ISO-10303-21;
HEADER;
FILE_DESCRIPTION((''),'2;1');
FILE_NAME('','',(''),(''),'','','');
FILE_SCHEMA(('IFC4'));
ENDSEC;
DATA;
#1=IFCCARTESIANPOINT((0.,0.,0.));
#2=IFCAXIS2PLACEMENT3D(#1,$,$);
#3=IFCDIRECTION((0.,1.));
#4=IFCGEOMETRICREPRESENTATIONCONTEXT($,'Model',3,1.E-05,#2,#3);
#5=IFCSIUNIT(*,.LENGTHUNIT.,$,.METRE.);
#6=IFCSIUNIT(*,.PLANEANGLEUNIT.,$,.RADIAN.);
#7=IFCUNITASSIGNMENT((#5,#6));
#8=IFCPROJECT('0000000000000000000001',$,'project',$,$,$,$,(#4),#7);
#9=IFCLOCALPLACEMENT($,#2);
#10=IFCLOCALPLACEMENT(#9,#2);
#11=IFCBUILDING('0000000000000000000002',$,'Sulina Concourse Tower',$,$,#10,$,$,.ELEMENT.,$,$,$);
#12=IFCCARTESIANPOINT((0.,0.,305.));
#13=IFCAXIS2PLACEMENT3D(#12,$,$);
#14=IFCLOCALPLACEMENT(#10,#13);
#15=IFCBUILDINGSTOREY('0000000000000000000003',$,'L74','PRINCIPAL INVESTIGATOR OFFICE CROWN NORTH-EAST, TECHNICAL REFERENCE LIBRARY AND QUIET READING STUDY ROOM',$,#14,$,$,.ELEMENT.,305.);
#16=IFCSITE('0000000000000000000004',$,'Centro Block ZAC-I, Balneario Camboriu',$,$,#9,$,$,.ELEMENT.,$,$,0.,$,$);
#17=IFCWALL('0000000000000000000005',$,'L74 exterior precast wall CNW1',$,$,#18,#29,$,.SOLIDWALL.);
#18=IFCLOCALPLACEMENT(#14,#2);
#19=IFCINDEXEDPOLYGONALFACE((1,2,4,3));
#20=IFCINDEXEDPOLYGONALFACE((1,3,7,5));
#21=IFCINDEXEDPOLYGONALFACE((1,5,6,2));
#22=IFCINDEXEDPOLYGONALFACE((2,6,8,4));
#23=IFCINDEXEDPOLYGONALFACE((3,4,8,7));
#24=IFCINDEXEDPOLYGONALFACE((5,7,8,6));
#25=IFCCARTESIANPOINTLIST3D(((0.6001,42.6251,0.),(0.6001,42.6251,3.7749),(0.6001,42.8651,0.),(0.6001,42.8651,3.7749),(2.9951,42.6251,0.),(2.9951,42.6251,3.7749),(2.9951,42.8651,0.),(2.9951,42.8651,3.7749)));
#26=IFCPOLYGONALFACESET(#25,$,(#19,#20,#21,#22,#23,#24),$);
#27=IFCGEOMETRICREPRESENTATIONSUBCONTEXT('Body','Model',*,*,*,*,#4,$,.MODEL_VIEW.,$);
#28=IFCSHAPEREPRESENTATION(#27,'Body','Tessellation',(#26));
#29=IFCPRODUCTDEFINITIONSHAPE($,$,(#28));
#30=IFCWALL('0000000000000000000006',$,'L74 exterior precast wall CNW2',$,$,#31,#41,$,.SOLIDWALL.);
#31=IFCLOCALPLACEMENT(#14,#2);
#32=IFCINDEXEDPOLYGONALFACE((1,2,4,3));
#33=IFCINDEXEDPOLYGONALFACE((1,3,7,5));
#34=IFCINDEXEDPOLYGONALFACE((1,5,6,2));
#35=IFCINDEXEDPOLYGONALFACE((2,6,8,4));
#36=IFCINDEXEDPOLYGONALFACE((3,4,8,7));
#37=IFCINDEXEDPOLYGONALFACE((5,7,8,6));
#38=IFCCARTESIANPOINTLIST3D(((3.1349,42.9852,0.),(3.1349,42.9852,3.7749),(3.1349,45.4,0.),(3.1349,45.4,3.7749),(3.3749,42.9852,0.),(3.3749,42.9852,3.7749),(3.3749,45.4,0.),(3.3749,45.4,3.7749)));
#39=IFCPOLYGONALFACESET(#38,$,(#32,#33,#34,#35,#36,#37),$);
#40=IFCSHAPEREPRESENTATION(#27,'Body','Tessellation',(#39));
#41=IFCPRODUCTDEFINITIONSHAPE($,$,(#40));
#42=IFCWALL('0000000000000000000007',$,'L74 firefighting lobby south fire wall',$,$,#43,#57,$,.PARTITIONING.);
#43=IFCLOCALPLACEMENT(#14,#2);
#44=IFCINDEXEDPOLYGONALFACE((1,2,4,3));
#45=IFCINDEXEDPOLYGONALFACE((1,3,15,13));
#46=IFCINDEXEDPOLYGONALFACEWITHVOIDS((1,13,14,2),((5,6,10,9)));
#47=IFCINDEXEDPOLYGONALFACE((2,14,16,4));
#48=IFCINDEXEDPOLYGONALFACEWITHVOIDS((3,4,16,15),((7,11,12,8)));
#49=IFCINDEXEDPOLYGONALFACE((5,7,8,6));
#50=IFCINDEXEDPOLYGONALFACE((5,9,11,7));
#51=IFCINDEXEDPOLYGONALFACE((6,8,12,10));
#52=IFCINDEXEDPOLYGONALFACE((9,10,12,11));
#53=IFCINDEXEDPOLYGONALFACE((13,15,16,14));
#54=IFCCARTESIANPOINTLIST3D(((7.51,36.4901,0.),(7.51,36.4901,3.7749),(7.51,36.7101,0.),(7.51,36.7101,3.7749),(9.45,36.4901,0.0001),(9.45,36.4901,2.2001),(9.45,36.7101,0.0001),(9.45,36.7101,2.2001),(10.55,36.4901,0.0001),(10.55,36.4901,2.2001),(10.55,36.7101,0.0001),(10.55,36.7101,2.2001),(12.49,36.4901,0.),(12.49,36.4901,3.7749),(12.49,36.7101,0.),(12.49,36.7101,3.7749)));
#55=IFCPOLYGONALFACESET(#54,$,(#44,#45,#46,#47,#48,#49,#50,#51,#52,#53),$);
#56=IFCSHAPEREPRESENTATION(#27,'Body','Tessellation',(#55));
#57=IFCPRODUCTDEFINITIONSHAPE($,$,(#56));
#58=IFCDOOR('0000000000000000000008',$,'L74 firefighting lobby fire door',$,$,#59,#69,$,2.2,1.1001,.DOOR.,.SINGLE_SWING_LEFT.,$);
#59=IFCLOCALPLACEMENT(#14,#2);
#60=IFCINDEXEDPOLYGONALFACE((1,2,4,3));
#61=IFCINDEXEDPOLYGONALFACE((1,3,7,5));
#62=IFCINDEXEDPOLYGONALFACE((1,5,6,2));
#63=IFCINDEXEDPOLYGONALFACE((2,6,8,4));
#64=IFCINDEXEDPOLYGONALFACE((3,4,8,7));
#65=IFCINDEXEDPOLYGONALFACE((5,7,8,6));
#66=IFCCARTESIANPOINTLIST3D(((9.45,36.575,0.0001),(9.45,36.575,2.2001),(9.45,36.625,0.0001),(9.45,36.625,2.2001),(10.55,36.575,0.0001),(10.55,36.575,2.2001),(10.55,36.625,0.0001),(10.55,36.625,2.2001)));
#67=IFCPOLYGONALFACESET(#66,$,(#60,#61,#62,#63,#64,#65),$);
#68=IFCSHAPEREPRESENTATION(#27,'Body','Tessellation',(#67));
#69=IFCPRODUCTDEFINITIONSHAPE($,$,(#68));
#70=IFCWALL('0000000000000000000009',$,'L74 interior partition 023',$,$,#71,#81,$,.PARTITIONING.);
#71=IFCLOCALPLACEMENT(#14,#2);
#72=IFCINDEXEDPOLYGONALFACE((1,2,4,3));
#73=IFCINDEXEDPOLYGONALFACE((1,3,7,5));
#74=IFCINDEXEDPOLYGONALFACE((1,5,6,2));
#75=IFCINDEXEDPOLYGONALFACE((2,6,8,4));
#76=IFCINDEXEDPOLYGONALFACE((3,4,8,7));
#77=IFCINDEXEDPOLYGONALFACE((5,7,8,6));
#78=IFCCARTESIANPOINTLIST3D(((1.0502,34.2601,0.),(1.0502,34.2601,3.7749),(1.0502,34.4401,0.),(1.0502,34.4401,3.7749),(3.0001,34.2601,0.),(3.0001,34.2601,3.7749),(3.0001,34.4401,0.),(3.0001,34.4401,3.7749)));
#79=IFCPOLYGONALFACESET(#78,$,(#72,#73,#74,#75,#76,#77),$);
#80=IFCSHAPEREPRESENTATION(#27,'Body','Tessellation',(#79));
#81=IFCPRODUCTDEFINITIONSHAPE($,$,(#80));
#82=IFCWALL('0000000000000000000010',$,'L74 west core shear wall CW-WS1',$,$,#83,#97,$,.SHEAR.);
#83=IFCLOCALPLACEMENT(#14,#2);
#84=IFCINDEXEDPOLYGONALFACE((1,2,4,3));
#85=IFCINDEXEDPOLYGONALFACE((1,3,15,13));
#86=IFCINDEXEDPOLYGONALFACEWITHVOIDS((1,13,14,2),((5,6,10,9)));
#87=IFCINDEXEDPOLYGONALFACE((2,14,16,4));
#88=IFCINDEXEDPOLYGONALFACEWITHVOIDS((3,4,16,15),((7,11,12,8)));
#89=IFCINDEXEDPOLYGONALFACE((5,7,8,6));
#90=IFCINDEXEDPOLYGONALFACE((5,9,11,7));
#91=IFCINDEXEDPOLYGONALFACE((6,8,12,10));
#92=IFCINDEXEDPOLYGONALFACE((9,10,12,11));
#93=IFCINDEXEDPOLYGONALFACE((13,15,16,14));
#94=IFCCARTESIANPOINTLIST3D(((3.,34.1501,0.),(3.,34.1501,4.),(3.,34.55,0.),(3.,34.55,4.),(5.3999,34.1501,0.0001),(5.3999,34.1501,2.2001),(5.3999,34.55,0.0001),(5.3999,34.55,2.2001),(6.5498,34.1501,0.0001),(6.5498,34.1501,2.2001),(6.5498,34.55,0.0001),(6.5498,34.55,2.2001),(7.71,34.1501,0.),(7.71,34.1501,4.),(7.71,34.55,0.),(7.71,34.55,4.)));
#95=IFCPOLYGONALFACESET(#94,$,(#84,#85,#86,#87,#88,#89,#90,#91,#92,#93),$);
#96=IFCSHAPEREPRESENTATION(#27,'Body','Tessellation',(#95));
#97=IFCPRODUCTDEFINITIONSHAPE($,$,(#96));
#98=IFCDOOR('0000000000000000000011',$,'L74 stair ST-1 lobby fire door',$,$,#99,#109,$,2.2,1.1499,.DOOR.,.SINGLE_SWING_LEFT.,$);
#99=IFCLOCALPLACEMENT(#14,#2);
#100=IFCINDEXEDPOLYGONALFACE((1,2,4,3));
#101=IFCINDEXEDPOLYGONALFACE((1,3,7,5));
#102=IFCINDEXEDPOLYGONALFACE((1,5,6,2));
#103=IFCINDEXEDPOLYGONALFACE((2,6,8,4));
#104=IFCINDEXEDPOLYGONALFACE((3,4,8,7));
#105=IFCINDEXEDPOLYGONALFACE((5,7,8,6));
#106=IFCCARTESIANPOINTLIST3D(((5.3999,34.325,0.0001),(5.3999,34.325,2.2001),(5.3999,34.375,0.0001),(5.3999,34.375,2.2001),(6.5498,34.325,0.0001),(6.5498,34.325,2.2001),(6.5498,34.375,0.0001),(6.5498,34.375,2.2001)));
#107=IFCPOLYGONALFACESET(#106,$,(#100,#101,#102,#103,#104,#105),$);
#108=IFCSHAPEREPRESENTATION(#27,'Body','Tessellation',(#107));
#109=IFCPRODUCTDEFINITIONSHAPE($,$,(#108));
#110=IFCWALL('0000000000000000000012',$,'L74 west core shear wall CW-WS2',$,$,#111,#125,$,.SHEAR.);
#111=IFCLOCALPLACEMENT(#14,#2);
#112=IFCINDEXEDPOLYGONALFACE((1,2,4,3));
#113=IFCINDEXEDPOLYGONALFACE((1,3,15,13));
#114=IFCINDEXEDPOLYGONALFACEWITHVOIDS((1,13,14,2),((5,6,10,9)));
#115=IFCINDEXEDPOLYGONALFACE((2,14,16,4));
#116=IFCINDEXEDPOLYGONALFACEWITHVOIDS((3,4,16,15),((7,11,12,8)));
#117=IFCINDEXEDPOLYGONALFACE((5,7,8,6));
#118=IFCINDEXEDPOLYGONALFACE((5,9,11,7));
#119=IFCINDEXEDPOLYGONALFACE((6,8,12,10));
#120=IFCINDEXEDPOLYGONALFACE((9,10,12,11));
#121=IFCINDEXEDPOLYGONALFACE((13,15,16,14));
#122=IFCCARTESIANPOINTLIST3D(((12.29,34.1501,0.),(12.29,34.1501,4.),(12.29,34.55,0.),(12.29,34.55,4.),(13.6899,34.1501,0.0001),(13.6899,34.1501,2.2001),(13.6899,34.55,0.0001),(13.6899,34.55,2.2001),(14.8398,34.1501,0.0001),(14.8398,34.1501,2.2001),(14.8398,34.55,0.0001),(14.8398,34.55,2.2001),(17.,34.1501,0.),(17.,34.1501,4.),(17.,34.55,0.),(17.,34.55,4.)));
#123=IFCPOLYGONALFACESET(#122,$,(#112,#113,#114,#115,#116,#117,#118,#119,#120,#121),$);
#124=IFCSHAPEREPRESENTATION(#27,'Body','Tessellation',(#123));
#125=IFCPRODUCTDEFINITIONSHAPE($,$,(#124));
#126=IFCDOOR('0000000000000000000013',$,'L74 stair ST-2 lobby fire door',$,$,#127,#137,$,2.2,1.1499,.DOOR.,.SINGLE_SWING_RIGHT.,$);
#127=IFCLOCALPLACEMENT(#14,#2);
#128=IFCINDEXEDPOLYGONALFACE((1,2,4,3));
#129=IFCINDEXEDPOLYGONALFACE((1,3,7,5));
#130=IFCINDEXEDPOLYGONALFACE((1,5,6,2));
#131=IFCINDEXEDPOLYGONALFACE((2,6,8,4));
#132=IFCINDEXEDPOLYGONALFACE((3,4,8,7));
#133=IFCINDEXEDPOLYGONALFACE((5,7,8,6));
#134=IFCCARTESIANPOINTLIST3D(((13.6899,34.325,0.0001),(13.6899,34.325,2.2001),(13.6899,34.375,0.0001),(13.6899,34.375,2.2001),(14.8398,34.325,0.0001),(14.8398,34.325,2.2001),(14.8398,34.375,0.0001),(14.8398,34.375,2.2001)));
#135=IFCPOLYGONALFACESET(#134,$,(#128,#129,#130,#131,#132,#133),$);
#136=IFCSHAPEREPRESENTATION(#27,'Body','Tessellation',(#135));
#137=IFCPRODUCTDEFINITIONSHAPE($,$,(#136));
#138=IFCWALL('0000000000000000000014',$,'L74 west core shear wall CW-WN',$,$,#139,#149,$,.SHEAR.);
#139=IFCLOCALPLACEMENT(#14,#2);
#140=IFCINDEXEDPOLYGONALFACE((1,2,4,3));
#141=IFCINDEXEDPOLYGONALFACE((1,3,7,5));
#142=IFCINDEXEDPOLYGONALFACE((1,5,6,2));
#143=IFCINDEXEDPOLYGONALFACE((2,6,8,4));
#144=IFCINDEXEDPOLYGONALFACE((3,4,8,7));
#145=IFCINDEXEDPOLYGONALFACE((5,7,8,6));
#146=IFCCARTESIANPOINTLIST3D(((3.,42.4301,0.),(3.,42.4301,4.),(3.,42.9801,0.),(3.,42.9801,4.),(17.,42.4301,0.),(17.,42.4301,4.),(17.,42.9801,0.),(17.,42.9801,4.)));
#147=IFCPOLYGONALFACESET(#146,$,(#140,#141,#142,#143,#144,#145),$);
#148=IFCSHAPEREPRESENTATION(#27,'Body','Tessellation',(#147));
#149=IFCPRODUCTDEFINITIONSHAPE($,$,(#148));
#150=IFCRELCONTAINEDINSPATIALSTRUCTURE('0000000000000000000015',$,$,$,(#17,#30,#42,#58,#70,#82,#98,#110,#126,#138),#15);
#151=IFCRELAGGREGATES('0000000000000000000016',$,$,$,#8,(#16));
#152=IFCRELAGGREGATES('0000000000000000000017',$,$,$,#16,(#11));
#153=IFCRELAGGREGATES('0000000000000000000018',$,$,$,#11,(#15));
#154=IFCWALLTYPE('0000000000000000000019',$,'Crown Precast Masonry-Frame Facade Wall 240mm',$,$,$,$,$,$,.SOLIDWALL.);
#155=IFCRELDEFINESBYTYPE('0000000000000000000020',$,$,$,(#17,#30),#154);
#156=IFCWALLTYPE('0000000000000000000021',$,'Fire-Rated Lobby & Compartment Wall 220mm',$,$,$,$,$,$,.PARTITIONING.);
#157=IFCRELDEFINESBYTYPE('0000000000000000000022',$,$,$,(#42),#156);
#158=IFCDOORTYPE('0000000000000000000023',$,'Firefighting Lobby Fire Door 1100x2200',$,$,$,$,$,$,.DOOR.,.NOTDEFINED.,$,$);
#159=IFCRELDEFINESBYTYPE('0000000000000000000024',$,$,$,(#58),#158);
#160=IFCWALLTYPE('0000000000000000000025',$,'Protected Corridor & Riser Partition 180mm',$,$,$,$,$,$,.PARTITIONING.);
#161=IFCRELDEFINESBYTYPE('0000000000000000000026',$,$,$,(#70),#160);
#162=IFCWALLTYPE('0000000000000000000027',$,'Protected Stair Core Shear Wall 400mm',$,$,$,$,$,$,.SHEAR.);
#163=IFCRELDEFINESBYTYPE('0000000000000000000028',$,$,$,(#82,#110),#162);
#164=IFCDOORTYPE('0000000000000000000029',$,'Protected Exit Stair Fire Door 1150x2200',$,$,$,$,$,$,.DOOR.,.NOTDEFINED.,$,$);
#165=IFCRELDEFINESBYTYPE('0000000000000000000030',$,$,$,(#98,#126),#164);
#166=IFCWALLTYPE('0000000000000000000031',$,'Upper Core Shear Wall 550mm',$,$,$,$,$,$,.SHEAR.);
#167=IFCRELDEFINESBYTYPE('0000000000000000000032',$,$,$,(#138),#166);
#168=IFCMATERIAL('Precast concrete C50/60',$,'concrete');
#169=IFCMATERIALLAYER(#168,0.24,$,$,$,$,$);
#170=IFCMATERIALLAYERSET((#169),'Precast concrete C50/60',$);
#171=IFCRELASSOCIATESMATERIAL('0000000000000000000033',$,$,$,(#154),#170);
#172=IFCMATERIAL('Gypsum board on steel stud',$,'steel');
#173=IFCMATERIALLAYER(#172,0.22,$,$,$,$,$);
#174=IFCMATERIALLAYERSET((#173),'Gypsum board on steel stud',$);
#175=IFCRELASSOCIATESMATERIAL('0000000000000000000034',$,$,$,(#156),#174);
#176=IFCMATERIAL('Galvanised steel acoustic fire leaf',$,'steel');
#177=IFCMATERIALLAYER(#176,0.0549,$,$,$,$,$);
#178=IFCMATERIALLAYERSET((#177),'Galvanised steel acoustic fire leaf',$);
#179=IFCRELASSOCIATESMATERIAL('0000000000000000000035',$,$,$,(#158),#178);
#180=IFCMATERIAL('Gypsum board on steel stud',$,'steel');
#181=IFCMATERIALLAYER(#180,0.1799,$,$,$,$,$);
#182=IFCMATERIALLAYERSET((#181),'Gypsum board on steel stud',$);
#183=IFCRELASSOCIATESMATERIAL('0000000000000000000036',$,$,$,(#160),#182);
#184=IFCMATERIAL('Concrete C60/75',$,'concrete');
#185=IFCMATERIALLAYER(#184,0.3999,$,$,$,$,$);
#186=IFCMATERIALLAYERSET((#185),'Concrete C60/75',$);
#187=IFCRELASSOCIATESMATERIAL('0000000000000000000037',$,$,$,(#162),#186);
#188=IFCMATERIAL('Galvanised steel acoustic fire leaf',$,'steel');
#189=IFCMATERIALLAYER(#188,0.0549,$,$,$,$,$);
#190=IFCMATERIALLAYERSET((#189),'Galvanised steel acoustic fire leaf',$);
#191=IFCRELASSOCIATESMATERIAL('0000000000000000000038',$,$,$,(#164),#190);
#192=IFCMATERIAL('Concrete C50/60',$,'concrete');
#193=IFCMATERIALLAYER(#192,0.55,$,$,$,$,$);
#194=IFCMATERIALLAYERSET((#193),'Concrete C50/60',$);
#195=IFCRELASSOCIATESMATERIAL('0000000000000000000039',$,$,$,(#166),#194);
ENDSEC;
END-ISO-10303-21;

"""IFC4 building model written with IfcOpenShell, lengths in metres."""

from ifc_helpers import new_model, si_unit, direction, frame, frame_2d, origin, place, context, subcontext, project, spatial, rectangle, extrude, material, layer, layer_set, type_object, element, fill, save


model = new_model("IFC4")

# Units and contexts
model_context = context("Model", 3, precision=1e-05, world=origin(), true_north=direction((0.0, 1.0)))
body_context = subcontext(model_context, "Body", "Model", "MODEL_VIEW")
ifc_project = project(units=[si_unit("LENGTHUNIT", "METRE"), si_unit("PLANEANGLEUNIT", "RADIAN")], contexts=[model_context])

# Site, building, storey
site_placement = place(None, origin())
site = spatial("IfcSite", under=ifc_project, at=site_placement, Name="Centro Block ZAC-I, Balneario Camboriu", CompositionType="ELEMENT", RefElevation=0.0)
building_placement = place(site_placement, origin())
building = spatial("IfcBuilding", under=site, at=building_placement, Name="Sulina Concourse Tower", CompositionType="ELEMENT")
storey_placement = place(building_placement, frame((0.0, 0.0, 305.0)))
storey = spatial("IfcBuildingStorey", under=building, at=storey_placement, Name="L74", Description="PRINCIPAL INVESTIGATOR OFFICE CROWN NORTH-EAST, TECHNICAL REFERENCE LIBRARY AND QUIET READING STUDY ROOM", CompositionType="ELEMENT", Elevation=305.0)

# Walls
ifc_material_1 = material(Name="Precast concrete C50/60", Category="concrete")
ifc_layer_1 = layer(ifc_material_1, 0.24)
ifc_layer_set_1 = layer_set([ifc_layer_1], Name="Precast concrete C50/60")
wall_type_1 = type_object("IfcWallType", Name="Crown Precast Masonry-Frame Facade Wall 240mm", PredefinedType="SOLIDWALL", material=ifc_layer_set_1)
wall_1_placement = place(storey_placement, frame((0.6001, 42.7451, 0.0), z_axis=(0.0, 0.0, 1.0), x_axis=(1.0, 0.0, 0.0)))
element("IfcWall", 1, at=wall_1_placement, inside=storey, type_object=wall_type_1, Name="L74 exterior precast wall CNW1", PredefinedType="SOLIDWALL", context=body_context, shape_type="SweptSolid", body=[
    extrude(rectangle(XDim=2.395, YDim=0.24, at=frame_2d((1.1975, 0.0))), origin(), (0.0, 0.0, 1.0), 3.7749),
])
wall_2_placement = place(storey_placement, frame((3.2549, 42.9851, 0.0), z_axis=(0.0, 0.0, 1.0), x_axis=(0.0, 1.0, 0.0)))
element("IfcWall", 2, at=wall_2_placement, inside=storey, type_object=wall_type_1, Name="L74 exterior precast wall CNW2", PredefinedType="SOLIDWALL", context=body_context, shape_type="SweptSolid", body=[
    extrude(rectangle(XDim=2.4148, YDim=0.24, at=frame_2d((1.2075, 0.0))), origin(), (0.0, 0.0, 1.0), 3.7749),
])

# Wall, opening, door
ifc_material_2 = material(Name="Gypsum board on steel stud", Category="steel")
ifc_layer_2 = layer(ifc_material_2, 0.22)
ifc_layer_set_2 = layer_set([ifc_layer_2], Name="Gypsum board on steel stud")
wall_type_2 = type_object("IfcWallType", Name="Fire-Rated Lobby & Compartment Wall 220mm", PredefinedType="PARTITIONING", material=ifc_layer_set_2)
wall_3_placement = place(storey_placement, frame((7.51, 36.6001, 0.0), z_axis=(0.0, 0.0, 1.0), x_axis=(1.0, 0.0, 0.0)))
wall_3 = element("IfcWall", 3, at=wall_3_placement, inside=storey, type_object=wall_type_2, Name="L74 firefighting lobby south fire wall", PredefinedType="PARTITIONING", context=body_context, shape_type="SweptSolid", body=[
    extrude(rectangle(XDim=4.98, YDim=0.22, at=frame_2d((2.49, 0.0))), origin(), (0.0, 0.0, 1.0), 3.7749),
])
opening_1_placement = place(wall_3_placement, frame((1.9399, 0.0, 0.0)))
opening_1 = element("IfcOpeningElement", 4, at=opening_1_placement, cuts=wall_3, PredefinedType="OPENING", context=body_context, shape_type="SweptSolid", body=[
    extrude(rectangle(XDim=1.1001, YDim=2.2, at=frame_2d((0.55, 1.1001))), frame((0.0, 0.1199, 0.0), z_axis=(0.0, -1.0, 0.0), x_axis=(1.0, 0.0, 0.0)), (0.0, 0.0, 1.0), 0.24),
])
ifc_material_3 = material(Name="Galvanised steel acoustic fire leaf", Category="steel")
ifc_layer_3 = layer(ifc_material_3, 0.0549)
ifc_layer_set_3 = layer_set([ifc_layer_3], Name="Galvanised steel acoustic fire leaf")
door_type_1 = type_object("IfcDoorType", Name="Firefighting Lobby Fire Door 1100x2200", OperationType="NOTDEFINED", PredefinedType="DOOR", material=ifc_layer_set_3)
door_1_placement = place(opening_1_placement, origin())
door_1 = element("IfcDoor", 5, at=door_1_placement, inside=storey, type_object=door_type_1, Name="L74 firefighting lobby fire door", OperationType="SINGLE_SWING_LEFT", OverallHeight=2.2, OverallWidth=1.1001, PredefinedType="DOOR", context=body_context, shape_type="SweptSolid", body=[
    extrude(rectangle(XDim=1.1001, YDim=2.2, at=frame_2d((0.55, 1.1001))), frame((0.0, 0.0249, 0.0), z_axis=(0.0, -1.0, 0.0), x_axis=(1.0, 0.0, 0.0)), (0.0, 0.0, 1.0), 0.05),
])
fill(opening_1, door_1)

# Wall
ifc_material_4 = material(Name="Gypsum board on steel stud", Category="steel")
ifc_layer_4 = layer(ifc_material_4, 0.1799)
ifc_layer_set_4 = layer_set([ifc_layer_4], Name="Gypsum board on steel stud")
wall_type_3 = type_object("IfcWallType", Name="Protected Corridor & Riser Partition 180mm", PredefinedType="PARTITIONING", material=ifc_layer_set_4)
wall_4_placement = place(storey_placement, frame((1.05, 34.3501, 0.0), z_axis=(0.0, 0.0, 1.0), x_axis=(1.0, 0.0, 0.0)))
element("IfcWall", 6, at=wall_4_placement, inside=storey, type_object=wall_type_3, Name="L74 interior partition 023", PredefinedType="PARTITIONING", context=body_context, shape_type="SweptSolid", body=[
    extrude(rectangle(XDim=1.95, YDim=0.1799, at=frame_2d((0.9751, 0.0))), origin(), (0.0, 0.0, 1.0), 3.7749),
])

# Walls, openings, doors
ifc_material_5 = material(Name="Concrete C60/75", Category="concrete")
ifc_layer_5 = layer(ifc_material_5, 0.3999)
ifc_layer_set_5 = layer_set([ifc_layer_5], Name="Concrete C60/75")
wall_type_4 = type_object("IfcWallType", Name="Protected Stair Core Shear Wall 400mm", PredefinedType="SHEAR", material=ifc_layer_set_5)
wall_5_placement = place(storey_placement, frame((3.0, 34.3501, 0.0), z_axis=(0.0, 0.0, 1.0), x_axis=(1.0, 0.0, 0.0)))
wall_5 = element("IfcWall", 7, at=wall_5_placement, inside=storey, type_object=wall_type_4, Name="L74 west core shear wall CW-WS1", PredefinedType="SHEAR", context=body_context, shape_type="SweptSolid", body=[
    extrude(rectangle(XDim=4.71, YDim=0.3999, at=frame_2d((2.355, 0.0))), origin(), (0.0, 0.0, 1.0), 4.0),
])
opening_2_placement = place(wall_5_placement, frame((2.3999, 0.0, 0.0)))
opening_2 = element("IfcOpeningElement", 8, at=opening_2_placement, cuts=wall_5, PredefinedType="OPENING", context=body_context, shape_type="SweptSolid", body=[
    extrude(rectangle(XDim=1.1499, YDim=2.2, at=frame_2d((0.575, 1.1001))), frame((0.0, 0.21, 0.0), z_axis=(0.0, -1.0, 0.0), x_axis=(1.0, 0.0, 0.0)), (0.0, 0.0, 1.0), 0.4199),
])
ifc_material_6 = material(Name="Galvanised steel acoustic fire leaf", Category="steel")
ifc_layer_6 = layer(ifc_material_6, 0.0549)
ifc_layer_set_6 = layer_set([ifc_layer_6], Name="Galvanised steel acoustic fire leaf")
door_type_2 = type_object("IfcDoorType", Name="Protected Exit Stair Fire Door 1150x2200", OperationType="NOTDEFINED", PredefinedType="DOOR", material=ifc_layer_set_6)
door_2_placement = place(opening_2_placement, origin())
door_2 = element("IfcDoor", 9, at=door_2_placement, inside=storey, type_object=door_type_2, Name="L74 stair ST-1 lobby fire door", OperationType="SINGLE_SWING_LEFT", OverallHeight=2.2, OverallWidth=1.1499, PredefinedType="DOOR", context=body_context, shape_type="SweptSolid", body=[
    extrude(rectangle(XDim=1.1499, YDim=2.2, at=frame_2d((0.575, 1.1001))), frame((0.0, 0.0249, 0.0), z_axis=(0.0, -1.0, 0.0), x_axis=(1.0, 0.0, 0.0)), (0.0, 0.0, 1.0), 0.05),
])
fill(opening_2, door_2)
wall_6_placement = place(storey_placement, frame((12.29, 34.3501, 0.0), z_axis=(0.0, 0.0, 1.0), x_axis=(1.0, 0.0, 0.0)))
wall_6 = element("IfcWall", 10, at=wall_6_placement, inside=storey, type_object=wall_type_4, Name="L74 west core shear wall CW-WS2", PredefinedType="SHEAR", context=body_context, shape_type="SweptSolid", body=[
    extrude(rectangle(XDim=4.71, YDim=0.3999, at=frame_2d((2.355, 0.0))), origin(), (0.0, 0.0, 1.0), 4.0),
])
opening_3_placement = place(wall_6_placement, frame((1.3999, 0.0, 0.0)))
opening_3 = element("IfcOpeningElement", 11, at=opening_3_placement, cuts=wall_6, PredefinedType="OPENING", context=body_context, shape_type="SweptSolid", body=[
    extrude(rectangle(XDim=1.1499, YDim=2.2, at=frame_2d((0.575, 1.1001))), frame((0.0, 0.21, 0.0), z_axis=(0.0, -1.0, 0.0), x_axis=(1.0, 0.0, 0.0)), (0.0, 0.0, 1.0), 0.4199),
])
door_3_placement = place(opening_3_placement, origin())
door_3 = element("IfcDoor", 12, at=door_3_placement, inside=storey, type_object=door_type_2, Name="L74 stair ST-2 lobby fire door", OperationType="SINGLE_SWING_RIGHT", OverallHeight=2.2, OverallWidth=1.1499, PredefinedType="DOOR", context=body_context, shape_type="SweptSolid", body=[
    extrude(rectangle(XDim=1.1499, YDim=2.2, at=frame_2d((0.575, 1.1001))), frame((0.0, 0.0249, 0.0), z_axis=(0.0, -1.0, 0.0), x_axis=(1.0, 0.0, 0.0)), (0.0, 0.0, 1.0), 0.05),
])
fill(opening_3, door_3)

# Wall
ifc_material_7 = material(Name="Concrete C50/60", Category="concrete")
ifc_layer_7 = layer(ifc_material_7, 0.55)
ifc_layer_set_7 = layer_set([ifc_layer_7], Name="Concrete C50/60")
wall_type_5 = type_object("IfcWallType", Name="Upper Core Shear Wall 550mm", PredefinedType="SHEAR", material=ifc_layer_set_7)
wall_7_placement = place(storey_placement, frame((3.0, 42.7051, 0.0), z_axis=(0.0, 0.0, 1.0), x_axis=(1.0, 0.0, 0.0)))
element("IfcWall", 13, at=wall_7_placement, inside=storey, type_object=wall_type_5, Name="L74 west core shear wall CW-WN", PredefinedType="SHEAR", context=body_context, shape_type="SweptSolid", body=[
    extrude(rectangle(XDim=14.0, YDim=0.55, at=frame_2d((7.0, 0.0))), origin(), (0.0, 0.0, 1.0), 4.0),
])

save(model, "model.ifc")
